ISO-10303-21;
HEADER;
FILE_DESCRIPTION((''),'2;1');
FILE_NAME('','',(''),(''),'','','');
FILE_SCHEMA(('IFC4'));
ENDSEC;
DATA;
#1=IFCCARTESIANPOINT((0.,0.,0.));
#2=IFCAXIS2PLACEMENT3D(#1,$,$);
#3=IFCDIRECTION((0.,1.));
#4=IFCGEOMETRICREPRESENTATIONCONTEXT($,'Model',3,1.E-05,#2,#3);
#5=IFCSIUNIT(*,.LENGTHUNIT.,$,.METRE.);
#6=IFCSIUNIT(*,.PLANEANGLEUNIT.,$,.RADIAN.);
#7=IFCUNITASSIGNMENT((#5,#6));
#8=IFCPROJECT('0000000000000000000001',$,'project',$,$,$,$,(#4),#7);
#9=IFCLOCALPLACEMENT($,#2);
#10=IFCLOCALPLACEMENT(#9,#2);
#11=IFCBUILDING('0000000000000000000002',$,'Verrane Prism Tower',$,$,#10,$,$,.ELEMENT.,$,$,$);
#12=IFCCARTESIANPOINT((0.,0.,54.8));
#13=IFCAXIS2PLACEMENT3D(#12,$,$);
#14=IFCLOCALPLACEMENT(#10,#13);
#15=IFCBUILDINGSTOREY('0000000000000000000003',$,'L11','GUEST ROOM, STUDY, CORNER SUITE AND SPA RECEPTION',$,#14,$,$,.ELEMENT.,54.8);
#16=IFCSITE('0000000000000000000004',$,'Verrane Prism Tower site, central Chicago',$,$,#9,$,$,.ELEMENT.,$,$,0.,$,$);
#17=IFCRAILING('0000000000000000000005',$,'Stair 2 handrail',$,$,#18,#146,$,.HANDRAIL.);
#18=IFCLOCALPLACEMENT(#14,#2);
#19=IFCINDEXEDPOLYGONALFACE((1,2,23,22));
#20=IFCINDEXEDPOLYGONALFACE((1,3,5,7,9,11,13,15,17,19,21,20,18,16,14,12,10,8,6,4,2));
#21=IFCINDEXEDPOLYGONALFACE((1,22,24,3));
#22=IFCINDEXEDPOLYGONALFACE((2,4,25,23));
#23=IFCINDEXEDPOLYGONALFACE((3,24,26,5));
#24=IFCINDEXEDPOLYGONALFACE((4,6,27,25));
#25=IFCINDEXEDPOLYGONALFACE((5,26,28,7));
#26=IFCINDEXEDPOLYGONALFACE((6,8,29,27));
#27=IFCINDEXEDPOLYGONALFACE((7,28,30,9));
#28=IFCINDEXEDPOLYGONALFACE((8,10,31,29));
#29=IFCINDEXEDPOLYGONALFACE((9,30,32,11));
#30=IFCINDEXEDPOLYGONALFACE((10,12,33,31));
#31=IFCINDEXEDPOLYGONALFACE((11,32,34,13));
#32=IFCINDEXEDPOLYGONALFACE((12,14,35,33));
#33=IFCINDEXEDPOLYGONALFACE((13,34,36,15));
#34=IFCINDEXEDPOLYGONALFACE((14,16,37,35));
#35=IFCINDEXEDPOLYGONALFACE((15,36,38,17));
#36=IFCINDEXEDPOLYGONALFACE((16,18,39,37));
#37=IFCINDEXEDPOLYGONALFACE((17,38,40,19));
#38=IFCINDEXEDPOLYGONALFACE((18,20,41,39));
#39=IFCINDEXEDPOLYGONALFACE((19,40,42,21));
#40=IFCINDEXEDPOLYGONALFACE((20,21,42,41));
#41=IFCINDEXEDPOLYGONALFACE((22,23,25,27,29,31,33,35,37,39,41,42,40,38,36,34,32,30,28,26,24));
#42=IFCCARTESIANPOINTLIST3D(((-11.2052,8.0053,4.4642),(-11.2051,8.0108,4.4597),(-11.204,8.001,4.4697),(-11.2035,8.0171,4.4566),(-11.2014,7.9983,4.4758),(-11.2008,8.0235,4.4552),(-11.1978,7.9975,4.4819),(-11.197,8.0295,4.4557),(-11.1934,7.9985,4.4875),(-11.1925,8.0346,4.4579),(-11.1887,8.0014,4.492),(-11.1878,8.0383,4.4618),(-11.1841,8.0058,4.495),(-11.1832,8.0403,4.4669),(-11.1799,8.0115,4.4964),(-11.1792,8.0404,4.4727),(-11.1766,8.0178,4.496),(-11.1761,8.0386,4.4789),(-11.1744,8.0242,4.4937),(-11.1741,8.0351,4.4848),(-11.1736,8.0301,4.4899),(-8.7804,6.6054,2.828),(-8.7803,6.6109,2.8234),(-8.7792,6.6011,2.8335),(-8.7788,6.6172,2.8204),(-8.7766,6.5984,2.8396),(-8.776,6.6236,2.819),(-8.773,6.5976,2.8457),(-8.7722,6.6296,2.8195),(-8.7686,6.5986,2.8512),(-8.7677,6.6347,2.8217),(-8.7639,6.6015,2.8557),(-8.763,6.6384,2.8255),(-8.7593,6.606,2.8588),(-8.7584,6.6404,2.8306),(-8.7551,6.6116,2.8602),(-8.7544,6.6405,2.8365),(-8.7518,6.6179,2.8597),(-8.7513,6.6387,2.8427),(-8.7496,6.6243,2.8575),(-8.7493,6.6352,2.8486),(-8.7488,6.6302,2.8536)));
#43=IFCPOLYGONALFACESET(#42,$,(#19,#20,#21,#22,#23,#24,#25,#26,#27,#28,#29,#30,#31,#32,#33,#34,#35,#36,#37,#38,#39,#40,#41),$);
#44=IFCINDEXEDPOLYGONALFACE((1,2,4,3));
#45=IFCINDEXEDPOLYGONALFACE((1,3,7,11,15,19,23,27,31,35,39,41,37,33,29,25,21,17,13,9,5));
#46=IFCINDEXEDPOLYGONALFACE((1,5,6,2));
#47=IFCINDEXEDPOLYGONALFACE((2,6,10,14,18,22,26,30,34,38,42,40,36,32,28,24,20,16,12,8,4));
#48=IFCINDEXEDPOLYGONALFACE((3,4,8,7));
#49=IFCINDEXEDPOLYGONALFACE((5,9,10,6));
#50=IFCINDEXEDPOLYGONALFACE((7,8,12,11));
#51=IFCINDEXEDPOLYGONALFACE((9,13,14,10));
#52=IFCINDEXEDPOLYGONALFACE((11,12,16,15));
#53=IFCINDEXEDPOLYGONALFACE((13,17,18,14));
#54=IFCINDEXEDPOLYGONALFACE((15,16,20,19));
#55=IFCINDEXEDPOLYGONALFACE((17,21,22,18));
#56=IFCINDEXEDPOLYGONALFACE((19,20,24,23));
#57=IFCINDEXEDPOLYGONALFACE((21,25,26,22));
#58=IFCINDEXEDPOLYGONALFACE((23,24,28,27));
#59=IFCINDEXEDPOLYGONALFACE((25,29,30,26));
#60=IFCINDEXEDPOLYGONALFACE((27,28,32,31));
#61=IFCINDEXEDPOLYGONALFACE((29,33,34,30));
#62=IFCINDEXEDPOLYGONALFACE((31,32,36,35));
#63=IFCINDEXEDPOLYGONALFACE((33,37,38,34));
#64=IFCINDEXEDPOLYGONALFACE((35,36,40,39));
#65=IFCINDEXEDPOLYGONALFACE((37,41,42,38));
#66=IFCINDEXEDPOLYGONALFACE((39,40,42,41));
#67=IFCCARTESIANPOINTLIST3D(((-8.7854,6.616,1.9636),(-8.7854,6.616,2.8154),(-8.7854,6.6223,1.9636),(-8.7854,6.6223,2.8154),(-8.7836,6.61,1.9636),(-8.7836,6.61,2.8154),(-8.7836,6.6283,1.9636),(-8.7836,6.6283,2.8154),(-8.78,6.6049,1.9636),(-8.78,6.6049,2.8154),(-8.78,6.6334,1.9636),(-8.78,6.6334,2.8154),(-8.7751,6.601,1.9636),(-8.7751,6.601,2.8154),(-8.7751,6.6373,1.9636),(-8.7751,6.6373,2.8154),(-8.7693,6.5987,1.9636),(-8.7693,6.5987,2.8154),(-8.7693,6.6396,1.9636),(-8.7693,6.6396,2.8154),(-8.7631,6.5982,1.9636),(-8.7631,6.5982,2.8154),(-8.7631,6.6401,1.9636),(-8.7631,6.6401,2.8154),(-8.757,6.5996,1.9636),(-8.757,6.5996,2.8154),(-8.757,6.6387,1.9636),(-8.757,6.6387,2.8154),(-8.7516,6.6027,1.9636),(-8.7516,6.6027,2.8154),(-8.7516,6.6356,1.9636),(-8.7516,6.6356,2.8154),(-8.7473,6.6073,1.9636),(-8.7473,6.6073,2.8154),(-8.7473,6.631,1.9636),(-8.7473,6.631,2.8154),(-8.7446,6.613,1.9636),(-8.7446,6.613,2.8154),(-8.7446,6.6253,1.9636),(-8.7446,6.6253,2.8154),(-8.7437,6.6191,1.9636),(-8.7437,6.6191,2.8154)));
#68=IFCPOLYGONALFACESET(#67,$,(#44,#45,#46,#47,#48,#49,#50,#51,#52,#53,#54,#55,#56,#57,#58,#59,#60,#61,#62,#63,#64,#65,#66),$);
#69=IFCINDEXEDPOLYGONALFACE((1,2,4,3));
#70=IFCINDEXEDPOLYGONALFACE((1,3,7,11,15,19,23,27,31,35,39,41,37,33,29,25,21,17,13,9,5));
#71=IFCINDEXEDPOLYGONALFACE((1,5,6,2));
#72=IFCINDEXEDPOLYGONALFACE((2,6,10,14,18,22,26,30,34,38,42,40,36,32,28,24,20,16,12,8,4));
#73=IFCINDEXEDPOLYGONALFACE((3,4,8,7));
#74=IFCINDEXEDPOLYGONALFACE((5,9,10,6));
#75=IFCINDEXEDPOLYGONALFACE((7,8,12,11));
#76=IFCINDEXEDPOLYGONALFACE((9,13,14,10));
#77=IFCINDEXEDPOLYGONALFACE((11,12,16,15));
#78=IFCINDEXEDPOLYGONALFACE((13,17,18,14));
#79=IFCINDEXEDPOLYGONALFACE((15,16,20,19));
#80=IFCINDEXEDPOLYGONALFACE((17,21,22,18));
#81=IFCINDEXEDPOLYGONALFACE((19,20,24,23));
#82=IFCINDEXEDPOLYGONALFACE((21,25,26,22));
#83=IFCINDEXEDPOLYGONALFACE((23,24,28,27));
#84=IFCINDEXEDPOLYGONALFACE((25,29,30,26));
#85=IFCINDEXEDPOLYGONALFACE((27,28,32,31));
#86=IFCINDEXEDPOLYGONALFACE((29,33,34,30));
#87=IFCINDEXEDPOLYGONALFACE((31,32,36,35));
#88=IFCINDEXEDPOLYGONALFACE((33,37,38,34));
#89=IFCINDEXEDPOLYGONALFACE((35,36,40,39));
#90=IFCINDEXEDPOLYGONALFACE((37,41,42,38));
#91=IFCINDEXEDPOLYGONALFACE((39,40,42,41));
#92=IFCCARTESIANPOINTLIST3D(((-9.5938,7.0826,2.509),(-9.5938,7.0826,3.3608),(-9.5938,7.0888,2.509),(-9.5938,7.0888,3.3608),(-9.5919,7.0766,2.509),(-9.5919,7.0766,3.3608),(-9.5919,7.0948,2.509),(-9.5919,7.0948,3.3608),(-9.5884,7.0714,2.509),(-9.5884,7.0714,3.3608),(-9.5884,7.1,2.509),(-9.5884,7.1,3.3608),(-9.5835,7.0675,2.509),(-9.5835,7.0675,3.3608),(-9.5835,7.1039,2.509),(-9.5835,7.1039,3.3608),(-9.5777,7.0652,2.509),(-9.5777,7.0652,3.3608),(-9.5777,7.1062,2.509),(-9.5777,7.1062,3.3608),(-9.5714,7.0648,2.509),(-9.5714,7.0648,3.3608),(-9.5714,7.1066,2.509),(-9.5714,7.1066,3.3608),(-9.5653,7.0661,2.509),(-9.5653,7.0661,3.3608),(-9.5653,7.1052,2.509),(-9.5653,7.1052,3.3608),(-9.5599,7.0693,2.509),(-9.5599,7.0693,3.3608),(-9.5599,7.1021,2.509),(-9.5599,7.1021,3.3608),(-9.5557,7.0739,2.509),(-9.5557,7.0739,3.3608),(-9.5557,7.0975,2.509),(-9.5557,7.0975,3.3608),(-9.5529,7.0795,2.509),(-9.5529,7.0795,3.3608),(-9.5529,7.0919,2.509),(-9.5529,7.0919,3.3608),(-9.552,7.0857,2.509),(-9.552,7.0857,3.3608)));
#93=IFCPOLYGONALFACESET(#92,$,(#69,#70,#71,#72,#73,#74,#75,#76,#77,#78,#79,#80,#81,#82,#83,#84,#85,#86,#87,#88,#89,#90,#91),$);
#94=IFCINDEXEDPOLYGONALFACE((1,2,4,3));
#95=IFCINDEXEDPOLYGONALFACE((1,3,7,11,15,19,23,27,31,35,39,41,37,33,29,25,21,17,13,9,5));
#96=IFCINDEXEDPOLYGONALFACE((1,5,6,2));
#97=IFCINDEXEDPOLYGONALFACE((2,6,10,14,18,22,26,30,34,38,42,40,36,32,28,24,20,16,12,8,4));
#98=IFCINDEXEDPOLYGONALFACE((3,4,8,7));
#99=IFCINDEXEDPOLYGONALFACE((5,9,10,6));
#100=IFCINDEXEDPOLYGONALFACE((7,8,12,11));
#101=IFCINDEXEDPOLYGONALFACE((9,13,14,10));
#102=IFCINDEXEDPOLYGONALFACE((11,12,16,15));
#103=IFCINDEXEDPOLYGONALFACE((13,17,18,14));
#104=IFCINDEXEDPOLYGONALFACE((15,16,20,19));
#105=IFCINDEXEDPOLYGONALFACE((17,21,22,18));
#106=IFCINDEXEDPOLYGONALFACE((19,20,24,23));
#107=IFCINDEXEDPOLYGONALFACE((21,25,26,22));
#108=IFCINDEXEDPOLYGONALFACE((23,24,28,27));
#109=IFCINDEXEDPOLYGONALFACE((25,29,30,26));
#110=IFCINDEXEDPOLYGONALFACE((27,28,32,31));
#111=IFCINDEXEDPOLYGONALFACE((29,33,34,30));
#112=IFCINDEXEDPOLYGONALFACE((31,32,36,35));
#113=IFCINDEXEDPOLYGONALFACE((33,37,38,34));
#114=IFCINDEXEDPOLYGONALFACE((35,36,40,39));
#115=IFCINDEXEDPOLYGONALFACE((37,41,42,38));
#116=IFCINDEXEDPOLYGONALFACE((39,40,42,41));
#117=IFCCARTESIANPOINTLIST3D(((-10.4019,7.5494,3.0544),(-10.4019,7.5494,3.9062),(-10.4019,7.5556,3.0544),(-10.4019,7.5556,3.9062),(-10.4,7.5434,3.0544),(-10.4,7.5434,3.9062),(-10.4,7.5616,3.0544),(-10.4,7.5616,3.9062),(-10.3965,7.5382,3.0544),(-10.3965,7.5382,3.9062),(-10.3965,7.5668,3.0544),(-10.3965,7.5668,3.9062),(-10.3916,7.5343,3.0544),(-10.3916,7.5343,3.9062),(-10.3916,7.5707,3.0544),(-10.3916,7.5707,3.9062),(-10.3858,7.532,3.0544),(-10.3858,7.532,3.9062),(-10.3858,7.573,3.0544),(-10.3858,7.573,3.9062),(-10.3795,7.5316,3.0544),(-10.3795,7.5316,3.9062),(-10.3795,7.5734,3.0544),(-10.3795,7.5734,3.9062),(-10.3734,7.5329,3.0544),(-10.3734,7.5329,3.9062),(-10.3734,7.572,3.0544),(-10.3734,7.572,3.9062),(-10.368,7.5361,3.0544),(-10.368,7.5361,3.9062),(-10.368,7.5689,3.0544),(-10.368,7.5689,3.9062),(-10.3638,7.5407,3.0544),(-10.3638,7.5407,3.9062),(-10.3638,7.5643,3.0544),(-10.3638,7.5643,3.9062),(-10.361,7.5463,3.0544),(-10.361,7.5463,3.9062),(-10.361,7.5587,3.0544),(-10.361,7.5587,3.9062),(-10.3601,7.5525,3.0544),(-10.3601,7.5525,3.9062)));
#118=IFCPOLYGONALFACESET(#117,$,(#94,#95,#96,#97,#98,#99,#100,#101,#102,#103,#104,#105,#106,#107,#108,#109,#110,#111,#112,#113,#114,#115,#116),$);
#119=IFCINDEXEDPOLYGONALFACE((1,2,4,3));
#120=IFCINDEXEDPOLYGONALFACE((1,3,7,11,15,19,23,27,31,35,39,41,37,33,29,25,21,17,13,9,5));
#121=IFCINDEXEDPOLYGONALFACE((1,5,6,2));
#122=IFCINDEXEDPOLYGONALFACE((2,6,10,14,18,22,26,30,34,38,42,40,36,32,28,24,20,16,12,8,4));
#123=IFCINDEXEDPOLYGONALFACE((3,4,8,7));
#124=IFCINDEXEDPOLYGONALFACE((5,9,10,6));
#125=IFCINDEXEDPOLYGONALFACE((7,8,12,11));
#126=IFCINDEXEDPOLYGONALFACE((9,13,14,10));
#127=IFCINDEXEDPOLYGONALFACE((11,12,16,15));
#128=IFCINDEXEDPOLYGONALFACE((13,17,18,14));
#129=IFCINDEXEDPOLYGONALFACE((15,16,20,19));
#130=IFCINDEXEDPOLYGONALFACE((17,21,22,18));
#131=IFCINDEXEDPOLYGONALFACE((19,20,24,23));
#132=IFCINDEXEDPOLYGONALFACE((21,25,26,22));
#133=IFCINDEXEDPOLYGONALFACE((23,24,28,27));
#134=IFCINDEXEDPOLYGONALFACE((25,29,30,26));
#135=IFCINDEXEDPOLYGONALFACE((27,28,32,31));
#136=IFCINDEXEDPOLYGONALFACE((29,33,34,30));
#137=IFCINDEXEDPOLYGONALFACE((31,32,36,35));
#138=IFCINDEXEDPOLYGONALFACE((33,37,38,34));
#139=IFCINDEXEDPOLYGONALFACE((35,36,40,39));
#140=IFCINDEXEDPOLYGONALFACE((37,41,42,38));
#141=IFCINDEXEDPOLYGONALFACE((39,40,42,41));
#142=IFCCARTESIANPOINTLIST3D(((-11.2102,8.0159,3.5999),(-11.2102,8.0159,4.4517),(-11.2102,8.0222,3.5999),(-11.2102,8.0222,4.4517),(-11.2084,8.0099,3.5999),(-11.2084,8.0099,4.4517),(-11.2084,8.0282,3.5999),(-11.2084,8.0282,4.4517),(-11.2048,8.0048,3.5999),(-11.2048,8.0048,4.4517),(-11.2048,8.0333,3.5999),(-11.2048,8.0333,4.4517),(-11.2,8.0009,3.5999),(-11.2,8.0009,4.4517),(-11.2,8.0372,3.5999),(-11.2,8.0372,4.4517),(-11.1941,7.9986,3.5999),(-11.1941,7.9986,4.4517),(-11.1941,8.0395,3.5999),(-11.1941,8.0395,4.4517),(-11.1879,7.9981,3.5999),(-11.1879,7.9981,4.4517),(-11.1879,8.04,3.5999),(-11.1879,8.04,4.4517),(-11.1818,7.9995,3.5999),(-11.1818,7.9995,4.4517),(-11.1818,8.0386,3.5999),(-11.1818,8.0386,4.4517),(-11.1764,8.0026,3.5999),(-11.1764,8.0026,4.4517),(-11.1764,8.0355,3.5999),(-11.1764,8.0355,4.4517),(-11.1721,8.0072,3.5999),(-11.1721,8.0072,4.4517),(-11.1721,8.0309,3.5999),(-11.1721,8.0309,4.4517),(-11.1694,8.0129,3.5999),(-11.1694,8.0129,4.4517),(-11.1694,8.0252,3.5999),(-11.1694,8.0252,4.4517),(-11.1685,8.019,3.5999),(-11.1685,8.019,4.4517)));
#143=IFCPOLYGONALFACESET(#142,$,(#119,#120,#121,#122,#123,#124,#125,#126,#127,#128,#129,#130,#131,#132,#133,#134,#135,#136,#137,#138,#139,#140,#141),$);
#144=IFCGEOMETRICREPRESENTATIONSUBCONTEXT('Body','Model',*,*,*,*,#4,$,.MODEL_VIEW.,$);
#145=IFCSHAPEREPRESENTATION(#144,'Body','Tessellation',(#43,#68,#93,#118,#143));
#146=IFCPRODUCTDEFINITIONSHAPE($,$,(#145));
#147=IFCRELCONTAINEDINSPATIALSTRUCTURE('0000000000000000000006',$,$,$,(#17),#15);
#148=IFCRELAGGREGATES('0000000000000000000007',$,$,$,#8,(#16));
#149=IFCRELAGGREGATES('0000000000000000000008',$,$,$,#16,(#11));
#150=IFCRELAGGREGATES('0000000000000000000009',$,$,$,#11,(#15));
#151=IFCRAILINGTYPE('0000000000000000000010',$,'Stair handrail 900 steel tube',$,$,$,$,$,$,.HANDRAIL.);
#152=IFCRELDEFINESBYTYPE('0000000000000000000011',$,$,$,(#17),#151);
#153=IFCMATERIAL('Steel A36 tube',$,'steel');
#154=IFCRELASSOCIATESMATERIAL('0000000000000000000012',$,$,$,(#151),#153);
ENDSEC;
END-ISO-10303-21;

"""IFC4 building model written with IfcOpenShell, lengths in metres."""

from ifc_helpers import new_model, si_unit, direction, frame, origin, origin_2d, place, context, subcontext, project, spatial, circle, extrude, material, type_object, element, save


model = new_model("IFC4")

# Units and contexts
model_context = context("Model", 3, precision=1e-05, world=origin(), true_north=direction((0.0, 1.0)))
body_context = subcontext(model_context, "Body", "Model", "MODEL_VIEW")
ifc_project = project(units=[si_unit("LENGTHUNIT", "METRE"), si_unit("PLANEANGLEUNIT", "RADIAN")], contexts=[model_context])

# Site, building, storey
site_placement = place(None, origin())
site = spatial("IfcSite", under=ifc_project, at=site_placement, Name="Verrane Prism Tower site, central Chicago", CompositionType="ELEMENT", RefElevation=0.0)
building_placement = place(site_placement, origin())
building = spatial("IfcBuilding", under=site, at=building_placement, Name="Verrane Prism Tower", CompositionType="ELEMENT")
storey_placement = place(building_placement, frame((0.0, 0.0, 54.8)))
storey = spatial("IfcBuildingStorey", under=building, at=storey_placement, Name="L11", Description="GUEST ROOM, STUDY, CORNER SUITE AND SPA RECEPTION", CompositionType="ELEMENT", Elevation=54.8)

# Railing
ifc_material_1 = material(Name="Steel A36 tube", Category="steel")
railing_type_1 = type_object("IfcRailingType", Name="Stair handrail 900 steel tube", PredefinedType="HANDRAIL", material=ifc_material_1)
railing_1_placement = place(storey_placement, frame((-8.7646, 6.6191, 1.9636)))
element("IfcRailing", 1, at=railing_1_placement, inside=storey, type_object=railing_type_1, Name="Stair 2 handrail", PredefinedType="HANDRAIL", context=body_context, shape_type="SweptSolid", body=[
    extrude(circle(Radius=0.0239, at=origin_2d()), frame((0.0, 0.0, 0.876), z_axis=(-0.747718, 0.431677, 0.504552), x_axis=(-0.499984, -0.866035, 0.0)), (0.0, 0.0, 1.0), 3.2429),
    extrude(circle(Radius=0.021, at=origin_2d()), origin(), (0.0, 0.0, 1.0), 0.8518),
    extrude(circle(Radius=0.021, at=origin_2d()), frame((-0.8083, 0.4666, 0.5454)), (0.0, 0.0, 1.0), 0.8518),
    extrude(circle(Radius=0.021, at=origin_2d()), frame((-1.6165, 0.9333, 1.0908)), (0.0, 0.0, 1.0), 0.8518),
    extrude(circle(Radius=0.021, at=origin_2d()), frame((-2.4248, 1.3999, 1.6362)), (0.0, 0.0, 1.0), 0.8518),
])

save(model, "model.ifc")
